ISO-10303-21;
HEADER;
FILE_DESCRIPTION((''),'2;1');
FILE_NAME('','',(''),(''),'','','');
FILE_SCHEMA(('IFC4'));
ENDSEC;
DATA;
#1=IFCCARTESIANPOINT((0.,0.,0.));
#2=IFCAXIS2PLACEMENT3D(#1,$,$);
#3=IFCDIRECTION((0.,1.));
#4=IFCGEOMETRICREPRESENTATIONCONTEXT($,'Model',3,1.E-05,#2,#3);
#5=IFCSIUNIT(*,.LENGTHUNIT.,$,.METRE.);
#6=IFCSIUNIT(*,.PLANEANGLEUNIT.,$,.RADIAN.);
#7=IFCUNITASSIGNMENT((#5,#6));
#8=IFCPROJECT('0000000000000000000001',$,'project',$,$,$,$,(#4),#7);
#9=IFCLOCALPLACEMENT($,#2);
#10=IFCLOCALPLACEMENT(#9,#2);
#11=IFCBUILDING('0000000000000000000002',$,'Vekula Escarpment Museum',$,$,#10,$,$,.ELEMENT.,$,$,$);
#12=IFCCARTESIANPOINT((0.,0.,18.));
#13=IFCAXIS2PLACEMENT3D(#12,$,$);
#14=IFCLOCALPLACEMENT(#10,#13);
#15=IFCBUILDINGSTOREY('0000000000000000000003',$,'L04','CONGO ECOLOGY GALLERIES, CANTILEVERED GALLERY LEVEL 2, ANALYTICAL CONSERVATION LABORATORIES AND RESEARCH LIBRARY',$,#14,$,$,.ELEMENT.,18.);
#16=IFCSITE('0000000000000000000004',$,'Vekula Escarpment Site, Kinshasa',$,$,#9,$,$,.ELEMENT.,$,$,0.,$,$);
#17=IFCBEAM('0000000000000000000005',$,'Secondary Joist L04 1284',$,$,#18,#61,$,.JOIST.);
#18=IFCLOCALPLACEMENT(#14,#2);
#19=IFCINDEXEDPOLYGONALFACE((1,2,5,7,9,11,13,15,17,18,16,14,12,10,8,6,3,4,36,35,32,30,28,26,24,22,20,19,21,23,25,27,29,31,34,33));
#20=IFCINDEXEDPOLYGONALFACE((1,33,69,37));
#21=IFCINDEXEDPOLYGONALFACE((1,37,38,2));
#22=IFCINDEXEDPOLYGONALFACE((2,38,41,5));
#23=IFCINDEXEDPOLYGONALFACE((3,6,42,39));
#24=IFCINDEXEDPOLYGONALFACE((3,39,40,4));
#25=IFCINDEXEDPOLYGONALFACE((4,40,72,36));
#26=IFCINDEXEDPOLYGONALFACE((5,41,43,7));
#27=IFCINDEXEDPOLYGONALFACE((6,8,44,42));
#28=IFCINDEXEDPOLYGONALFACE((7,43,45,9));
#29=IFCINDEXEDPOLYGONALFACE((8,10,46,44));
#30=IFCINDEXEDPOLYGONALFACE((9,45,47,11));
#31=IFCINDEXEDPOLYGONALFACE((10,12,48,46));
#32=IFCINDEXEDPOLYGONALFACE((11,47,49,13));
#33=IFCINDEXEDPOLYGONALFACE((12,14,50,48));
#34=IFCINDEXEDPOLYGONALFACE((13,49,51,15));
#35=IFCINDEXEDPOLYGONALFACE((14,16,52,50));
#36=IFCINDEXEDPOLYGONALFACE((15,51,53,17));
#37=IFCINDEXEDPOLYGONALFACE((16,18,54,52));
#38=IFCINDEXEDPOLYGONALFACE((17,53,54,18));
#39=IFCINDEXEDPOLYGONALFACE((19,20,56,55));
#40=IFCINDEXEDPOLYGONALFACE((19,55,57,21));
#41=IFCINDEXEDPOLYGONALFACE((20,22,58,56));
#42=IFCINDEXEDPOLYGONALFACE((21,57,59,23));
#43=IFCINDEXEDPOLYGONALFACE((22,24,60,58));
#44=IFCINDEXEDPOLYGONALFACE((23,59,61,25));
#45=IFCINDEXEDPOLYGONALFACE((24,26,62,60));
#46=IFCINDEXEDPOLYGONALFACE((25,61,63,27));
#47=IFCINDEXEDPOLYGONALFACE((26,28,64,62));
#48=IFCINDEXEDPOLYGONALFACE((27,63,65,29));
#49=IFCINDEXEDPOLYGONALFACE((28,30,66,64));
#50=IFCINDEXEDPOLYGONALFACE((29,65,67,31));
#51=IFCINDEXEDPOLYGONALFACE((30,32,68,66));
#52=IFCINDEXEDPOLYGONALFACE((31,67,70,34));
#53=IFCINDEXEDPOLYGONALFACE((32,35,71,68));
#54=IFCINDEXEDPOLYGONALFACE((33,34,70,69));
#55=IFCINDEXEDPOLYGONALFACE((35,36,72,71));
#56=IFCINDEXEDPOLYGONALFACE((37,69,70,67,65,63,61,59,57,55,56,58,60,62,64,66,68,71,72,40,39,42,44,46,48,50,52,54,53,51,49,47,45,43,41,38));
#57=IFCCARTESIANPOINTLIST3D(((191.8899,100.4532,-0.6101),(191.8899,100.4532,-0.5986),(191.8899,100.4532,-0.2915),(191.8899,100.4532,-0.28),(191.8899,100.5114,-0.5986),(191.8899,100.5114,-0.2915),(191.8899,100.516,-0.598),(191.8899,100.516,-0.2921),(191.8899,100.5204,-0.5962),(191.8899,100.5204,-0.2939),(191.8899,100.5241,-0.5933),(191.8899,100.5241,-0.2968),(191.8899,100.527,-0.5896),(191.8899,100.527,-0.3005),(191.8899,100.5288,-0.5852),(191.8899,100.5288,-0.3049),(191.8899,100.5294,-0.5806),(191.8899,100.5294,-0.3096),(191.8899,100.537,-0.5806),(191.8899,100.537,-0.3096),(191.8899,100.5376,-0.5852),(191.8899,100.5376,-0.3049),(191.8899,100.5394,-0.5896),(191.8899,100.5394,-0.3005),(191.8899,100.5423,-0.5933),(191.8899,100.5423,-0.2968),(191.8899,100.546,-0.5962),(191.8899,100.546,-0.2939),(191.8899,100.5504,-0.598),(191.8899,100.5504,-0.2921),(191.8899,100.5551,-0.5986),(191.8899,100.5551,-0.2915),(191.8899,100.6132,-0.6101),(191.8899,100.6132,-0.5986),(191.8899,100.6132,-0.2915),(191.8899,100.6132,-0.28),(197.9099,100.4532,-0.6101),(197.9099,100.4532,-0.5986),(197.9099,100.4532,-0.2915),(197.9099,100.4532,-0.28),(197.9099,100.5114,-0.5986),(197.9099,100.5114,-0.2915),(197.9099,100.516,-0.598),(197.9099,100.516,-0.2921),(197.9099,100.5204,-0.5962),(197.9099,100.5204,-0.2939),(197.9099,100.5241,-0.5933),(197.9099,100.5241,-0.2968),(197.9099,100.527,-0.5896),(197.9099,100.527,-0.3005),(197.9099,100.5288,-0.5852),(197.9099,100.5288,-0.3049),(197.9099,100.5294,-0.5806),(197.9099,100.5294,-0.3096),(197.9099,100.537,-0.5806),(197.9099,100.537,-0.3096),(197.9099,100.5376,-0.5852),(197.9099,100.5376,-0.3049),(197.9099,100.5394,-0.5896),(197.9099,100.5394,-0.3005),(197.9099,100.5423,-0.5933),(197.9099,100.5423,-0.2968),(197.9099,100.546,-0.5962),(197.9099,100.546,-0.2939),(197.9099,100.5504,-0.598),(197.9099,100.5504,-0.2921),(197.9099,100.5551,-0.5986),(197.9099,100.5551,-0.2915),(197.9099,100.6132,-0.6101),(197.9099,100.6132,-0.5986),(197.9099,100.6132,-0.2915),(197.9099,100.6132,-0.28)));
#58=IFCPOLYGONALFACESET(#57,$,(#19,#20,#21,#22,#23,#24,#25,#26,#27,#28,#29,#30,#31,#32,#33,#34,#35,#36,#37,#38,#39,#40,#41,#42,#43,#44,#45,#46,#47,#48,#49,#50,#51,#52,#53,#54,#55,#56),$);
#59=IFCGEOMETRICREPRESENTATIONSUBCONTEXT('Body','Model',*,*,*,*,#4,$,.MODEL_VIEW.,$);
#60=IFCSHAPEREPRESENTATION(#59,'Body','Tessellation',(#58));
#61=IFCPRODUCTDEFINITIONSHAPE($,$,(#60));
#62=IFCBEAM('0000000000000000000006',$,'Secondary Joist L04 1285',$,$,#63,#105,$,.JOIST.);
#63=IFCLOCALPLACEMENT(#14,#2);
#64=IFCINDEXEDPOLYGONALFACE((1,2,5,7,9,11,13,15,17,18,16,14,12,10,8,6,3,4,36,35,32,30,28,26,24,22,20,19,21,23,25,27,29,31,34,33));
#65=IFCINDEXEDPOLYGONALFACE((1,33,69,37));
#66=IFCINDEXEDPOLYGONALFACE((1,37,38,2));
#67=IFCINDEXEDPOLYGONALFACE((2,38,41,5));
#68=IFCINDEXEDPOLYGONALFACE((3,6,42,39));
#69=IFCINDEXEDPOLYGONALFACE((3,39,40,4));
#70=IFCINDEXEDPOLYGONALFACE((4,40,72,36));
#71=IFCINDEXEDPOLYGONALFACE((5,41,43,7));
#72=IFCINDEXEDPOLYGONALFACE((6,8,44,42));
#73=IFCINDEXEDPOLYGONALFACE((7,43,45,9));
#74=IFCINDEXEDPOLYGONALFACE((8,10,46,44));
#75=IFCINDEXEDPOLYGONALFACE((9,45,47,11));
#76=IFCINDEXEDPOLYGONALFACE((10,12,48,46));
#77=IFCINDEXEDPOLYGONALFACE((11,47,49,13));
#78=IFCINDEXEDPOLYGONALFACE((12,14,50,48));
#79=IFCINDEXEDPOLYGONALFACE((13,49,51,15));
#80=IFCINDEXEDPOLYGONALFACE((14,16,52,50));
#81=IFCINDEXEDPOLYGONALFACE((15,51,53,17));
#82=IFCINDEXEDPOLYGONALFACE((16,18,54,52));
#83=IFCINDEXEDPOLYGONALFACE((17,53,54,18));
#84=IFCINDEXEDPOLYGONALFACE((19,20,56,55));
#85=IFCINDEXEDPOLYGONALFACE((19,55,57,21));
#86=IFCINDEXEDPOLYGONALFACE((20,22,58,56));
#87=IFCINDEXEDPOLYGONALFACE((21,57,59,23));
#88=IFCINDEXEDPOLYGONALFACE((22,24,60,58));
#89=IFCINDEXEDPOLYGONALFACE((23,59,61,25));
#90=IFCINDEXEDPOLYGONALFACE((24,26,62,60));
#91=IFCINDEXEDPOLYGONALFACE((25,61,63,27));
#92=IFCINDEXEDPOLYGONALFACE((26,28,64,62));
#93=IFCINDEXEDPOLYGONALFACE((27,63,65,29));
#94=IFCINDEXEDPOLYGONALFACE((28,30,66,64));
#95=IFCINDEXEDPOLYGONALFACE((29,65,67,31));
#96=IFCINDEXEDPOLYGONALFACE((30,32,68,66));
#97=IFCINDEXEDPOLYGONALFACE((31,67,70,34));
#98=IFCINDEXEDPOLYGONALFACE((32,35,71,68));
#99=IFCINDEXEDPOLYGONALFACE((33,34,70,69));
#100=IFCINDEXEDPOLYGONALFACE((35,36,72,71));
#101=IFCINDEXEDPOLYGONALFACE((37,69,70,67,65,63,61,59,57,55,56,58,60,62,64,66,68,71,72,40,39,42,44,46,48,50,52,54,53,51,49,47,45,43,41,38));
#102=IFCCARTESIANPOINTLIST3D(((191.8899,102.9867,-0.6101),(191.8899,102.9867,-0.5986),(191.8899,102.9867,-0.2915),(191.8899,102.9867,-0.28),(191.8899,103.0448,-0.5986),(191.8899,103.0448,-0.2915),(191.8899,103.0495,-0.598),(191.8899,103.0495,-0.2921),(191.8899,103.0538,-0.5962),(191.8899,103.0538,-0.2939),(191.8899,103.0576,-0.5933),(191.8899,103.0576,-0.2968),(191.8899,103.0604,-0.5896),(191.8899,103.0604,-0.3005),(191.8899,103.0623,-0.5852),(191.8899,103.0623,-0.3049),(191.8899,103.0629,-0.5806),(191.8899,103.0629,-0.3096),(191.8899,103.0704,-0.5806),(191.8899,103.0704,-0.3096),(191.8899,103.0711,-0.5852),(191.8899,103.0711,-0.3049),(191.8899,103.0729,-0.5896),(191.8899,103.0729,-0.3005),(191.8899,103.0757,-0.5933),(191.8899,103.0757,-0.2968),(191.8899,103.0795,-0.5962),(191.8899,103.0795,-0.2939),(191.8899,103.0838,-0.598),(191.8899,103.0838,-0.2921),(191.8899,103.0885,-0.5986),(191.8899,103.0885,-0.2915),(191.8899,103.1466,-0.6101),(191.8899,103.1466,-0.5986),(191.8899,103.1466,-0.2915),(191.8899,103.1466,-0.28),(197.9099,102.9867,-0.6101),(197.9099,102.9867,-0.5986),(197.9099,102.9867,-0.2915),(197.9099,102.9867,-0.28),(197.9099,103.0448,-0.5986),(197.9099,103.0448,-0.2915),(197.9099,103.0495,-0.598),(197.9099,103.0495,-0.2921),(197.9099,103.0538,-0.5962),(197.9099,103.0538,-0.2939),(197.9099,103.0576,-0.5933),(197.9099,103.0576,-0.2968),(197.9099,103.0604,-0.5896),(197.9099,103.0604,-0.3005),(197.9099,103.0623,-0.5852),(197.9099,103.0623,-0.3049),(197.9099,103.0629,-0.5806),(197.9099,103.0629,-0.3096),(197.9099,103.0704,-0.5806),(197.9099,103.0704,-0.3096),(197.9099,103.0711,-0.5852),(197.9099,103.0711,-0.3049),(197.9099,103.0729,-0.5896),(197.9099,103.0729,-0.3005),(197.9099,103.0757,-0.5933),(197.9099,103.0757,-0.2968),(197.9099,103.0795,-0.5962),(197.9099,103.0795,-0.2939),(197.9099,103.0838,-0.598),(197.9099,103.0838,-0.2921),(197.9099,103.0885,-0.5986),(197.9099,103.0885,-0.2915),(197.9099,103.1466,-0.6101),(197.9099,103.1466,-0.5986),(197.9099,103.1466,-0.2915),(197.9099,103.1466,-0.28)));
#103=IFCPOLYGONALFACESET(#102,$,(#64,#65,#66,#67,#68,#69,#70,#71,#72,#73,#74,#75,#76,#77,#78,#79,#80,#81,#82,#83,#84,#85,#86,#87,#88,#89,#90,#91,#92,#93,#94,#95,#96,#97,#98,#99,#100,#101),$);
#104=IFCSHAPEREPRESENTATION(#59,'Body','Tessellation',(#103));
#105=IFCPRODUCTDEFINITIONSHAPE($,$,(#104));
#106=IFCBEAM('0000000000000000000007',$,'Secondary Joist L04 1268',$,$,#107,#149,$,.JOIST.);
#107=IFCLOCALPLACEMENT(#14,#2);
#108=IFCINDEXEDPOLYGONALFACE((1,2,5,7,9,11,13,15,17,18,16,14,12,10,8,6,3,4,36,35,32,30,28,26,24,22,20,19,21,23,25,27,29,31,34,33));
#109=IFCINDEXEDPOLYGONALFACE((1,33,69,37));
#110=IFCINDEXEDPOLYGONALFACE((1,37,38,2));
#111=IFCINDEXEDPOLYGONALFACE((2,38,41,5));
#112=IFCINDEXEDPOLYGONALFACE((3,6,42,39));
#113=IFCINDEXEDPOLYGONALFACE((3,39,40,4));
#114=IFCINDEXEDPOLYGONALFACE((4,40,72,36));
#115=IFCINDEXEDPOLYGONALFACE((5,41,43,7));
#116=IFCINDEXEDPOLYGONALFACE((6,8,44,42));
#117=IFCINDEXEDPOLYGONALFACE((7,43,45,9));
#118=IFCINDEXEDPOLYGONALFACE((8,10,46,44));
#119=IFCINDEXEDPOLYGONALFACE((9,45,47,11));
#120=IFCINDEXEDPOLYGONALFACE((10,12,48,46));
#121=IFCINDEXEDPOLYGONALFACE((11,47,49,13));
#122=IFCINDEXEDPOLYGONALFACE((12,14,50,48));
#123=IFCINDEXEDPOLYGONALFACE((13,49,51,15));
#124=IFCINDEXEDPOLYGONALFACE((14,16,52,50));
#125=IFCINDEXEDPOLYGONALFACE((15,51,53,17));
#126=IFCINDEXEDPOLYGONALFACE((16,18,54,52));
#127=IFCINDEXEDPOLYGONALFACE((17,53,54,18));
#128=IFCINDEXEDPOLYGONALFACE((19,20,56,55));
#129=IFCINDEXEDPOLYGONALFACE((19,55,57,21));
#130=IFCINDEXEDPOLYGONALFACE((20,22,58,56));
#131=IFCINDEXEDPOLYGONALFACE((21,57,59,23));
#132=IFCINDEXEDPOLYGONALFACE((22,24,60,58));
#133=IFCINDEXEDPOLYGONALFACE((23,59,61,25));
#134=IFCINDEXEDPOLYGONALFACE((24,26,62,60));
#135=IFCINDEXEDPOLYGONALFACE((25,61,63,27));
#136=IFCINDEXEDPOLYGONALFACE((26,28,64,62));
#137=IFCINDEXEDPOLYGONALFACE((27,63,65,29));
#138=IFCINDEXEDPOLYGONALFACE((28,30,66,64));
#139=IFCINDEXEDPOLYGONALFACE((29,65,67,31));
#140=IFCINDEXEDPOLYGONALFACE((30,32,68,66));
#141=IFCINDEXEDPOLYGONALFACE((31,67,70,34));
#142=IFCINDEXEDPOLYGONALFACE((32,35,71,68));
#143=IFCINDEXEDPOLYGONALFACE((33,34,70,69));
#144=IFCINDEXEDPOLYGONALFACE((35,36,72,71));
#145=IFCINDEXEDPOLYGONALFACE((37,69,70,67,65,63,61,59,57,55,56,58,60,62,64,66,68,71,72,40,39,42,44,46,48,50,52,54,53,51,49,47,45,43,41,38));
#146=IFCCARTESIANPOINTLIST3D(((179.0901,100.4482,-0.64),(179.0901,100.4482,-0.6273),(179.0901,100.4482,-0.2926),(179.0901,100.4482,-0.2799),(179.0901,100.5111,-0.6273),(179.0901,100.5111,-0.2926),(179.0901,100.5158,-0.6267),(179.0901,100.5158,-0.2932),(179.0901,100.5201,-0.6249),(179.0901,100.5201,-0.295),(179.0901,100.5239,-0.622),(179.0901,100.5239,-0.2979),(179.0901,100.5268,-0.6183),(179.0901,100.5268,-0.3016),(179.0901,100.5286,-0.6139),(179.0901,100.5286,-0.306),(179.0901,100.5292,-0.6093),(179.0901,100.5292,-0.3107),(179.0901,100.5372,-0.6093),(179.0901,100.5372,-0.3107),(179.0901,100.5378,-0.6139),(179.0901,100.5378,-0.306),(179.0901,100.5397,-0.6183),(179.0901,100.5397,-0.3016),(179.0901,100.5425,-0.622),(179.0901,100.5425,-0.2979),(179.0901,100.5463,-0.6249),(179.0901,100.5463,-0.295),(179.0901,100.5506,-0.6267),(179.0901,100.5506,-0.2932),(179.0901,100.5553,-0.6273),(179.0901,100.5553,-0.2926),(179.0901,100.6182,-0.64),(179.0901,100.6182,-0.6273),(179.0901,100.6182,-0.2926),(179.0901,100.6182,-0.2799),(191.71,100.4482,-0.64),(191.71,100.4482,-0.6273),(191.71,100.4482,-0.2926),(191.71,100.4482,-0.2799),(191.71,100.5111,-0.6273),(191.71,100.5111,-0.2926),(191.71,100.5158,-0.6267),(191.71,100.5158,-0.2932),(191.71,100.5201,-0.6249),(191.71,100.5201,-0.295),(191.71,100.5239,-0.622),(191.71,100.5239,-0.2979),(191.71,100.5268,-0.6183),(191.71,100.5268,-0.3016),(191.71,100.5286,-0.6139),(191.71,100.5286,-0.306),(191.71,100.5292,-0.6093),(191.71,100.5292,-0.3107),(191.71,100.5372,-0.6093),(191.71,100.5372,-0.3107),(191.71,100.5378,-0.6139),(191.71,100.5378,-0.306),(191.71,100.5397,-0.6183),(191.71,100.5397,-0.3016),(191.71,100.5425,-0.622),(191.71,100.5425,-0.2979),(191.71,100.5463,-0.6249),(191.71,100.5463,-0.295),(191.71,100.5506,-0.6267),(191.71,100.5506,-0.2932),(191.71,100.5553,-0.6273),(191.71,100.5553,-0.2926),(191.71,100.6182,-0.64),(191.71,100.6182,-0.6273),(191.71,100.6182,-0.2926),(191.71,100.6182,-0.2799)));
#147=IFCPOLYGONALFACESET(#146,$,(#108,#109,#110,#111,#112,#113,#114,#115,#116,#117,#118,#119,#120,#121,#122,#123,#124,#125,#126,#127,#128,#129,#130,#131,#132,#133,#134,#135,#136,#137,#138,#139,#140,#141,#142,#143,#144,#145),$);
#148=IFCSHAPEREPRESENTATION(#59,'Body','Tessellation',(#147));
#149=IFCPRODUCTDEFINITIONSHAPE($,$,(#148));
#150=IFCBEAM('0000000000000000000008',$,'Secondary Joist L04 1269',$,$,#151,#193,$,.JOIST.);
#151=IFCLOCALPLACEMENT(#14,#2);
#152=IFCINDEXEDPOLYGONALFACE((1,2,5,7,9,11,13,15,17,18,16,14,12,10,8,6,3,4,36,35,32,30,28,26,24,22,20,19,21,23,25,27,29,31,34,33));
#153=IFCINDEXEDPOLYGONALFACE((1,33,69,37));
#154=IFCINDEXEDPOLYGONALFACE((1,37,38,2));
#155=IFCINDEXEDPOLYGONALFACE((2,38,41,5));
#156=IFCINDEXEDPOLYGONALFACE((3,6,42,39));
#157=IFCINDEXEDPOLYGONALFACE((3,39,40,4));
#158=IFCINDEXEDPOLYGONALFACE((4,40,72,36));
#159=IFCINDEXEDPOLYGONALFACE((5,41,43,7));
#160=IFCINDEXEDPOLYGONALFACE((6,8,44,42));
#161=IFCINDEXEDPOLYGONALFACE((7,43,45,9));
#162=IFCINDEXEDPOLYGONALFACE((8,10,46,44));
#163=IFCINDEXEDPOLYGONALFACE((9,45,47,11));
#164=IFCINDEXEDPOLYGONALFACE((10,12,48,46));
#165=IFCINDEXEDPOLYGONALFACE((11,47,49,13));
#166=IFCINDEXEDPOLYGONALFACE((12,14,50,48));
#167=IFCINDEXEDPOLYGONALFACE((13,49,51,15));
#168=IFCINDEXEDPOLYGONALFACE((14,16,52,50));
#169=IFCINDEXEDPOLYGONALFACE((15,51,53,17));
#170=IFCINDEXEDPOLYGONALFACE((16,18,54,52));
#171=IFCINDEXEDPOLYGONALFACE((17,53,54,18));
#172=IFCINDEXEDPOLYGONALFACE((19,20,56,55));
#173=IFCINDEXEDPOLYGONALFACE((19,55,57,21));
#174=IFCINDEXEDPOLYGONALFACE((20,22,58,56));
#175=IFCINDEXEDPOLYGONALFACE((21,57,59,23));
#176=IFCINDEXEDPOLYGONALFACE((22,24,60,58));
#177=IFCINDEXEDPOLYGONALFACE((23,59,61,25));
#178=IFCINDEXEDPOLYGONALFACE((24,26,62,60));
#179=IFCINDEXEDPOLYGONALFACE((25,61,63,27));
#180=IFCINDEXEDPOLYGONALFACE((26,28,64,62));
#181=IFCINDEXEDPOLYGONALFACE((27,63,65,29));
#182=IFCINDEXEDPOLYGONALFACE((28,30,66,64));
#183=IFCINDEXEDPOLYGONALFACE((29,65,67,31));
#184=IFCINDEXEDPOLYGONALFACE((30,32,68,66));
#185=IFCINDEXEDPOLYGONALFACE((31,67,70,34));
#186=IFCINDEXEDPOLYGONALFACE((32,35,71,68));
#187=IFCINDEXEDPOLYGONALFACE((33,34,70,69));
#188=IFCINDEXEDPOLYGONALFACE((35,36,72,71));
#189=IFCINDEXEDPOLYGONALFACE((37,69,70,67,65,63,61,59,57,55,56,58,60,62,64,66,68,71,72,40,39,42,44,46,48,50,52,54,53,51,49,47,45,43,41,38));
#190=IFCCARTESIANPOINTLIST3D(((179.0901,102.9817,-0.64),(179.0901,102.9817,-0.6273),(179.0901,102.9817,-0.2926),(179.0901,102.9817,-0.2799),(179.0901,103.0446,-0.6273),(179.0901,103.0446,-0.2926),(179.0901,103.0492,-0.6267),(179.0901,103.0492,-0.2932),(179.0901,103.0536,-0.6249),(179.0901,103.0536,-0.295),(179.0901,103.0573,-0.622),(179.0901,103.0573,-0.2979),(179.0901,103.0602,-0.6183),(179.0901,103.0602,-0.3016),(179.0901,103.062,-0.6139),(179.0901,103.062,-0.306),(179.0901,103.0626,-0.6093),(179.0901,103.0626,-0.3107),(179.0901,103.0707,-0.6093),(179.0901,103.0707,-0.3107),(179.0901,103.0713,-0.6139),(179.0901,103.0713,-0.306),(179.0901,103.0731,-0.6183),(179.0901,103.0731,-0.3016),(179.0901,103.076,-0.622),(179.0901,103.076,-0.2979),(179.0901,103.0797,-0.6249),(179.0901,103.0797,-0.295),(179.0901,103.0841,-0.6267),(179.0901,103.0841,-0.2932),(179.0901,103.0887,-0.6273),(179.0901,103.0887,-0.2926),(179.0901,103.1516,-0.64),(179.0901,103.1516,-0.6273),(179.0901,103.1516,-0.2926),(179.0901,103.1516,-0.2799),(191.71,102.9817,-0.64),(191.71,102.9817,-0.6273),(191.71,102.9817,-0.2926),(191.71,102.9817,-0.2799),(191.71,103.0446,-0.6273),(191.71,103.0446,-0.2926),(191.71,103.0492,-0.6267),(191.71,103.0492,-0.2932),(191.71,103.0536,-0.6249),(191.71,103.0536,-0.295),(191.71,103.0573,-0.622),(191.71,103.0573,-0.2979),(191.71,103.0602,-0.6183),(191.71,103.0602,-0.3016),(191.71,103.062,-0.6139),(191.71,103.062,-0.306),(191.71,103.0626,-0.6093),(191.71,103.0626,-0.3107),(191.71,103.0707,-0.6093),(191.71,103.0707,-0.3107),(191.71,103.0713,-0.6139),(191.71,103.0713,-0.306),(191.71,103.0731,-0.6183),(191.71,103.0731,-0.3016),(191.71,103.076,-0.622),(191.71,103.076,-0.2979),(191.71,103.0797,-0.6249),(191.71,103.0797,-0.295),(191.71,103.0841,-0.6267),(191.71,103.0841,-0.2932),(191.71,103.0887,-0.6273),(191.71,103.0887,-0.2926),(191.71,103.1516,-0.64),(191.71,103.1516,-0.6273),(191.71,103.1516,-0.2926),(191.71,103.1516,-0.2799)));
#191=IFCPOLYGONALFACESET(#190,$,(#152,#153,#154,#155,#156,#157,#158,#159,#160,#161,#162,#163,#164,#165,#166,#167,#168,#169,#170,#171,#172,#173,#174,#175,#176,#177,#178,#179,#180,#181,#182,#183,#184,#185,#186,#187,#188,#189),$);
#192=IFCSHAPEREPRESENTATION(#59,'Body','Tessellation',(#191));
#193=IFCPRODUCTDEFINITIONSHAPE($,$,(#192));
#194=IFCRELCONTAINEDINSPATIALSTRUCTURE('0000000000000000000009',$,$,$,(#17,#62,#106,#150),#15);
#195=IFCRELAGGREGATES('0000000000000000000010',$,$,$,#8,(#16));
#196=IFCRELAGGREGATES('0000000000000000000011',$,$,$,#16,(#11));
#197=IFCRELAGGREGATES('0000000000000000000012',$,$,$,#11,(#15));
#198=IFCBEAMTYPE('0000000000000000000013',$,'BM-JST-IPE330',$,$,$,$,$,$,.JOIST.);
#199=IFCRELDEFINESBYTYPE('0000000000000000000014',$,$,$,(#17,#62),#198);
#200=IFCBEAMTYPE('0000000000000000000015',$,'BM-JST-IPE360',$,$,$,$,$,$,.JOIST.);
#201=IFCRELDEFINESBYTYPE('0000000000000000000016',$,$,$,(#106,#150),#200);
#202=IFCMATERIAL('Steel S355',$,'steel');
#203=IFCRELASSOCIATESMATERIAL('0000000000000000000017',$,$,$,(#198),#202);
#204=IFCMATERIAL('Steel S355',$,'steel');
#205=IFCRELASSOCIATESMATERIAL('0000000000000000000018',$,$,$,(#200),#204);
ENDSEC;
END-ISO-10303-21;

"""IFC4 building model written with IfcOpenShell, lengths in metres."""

from ifc_helpers import new_model, si_unit, direction, frame, origin, origin_2d, place, context, subcontext, project, spatial, i_section, extrude, material, material_profile, profile_set, type_object, element, save


model = new_model("IFC4")

# Units and contexts
model_context = context("Model", 3, precision=1e-05, world=origin(), true_north=direction((0.0, 1.0)))
body_context = subcontext(model_context, "Body", "Model", "MODEL_VIEW")
ifc_project = project(units=[si_unit("LENGTHUNIT", "METRE"), si_unit("PLANEANGLEUNIT", "RADIAN")], contexts=[model_context])

# Site, building, storey
site_placement = place(None, origin())
site = spatial("IfcSite", under=ifc_project, at=site_placement, Name="Vekula Escarpment Site, Kinshasa", CompositionType="ELEMENT", RefElevation=0.0)
building_placement = place(site_placement, origin())
building = spatial("IfcBuilding", under=site, at=building_placement, Name="Vekula Escarpment Museum", CompositionType="ELEMENT")
storey_placement = place(building_placement, frame((0.0, 0.0, 18.0)))
storey = spatial("IfcBuildingStorey", under=building, at=storey_placement, Name="L04", Description="CONGO ECOLOGY GALLERIES, CANTILEVERED GALLERY LEVEL 2, ANALYTICAL CONSERVATION LABORATORIES AND RESEARCH LIBRARY", CompositionType="ELEMENT", Elevation=18.0)

# Beams
ifc_material_1 = material(Name="Steel S355", Category="steel")
ifc_material_profile_1 = material_profile(ifc_material_1, i_section(OverallWidth=0.1599, OverallDepth=0.3301, WebThickness=0.0076, FlangeThickness=0.0115, FilletRadius=0.0181, at=origin_2d()), Name="IPE 330")
ifc_profile_set_1 = profile_set([ifc_material_profile_1], Name="Steel S355")
beam_type_1 = type_object("IfcBeamType", Name="BM-JST-IPE330", PredefinedType="JOIST", material=ifc_profile_set_1)
for number, where, z_axis, x_axis, name in (
    (1, (191.8899, 100.5332, -0.4451), (1.0, 0.0, 0.0), (0.0, 1.0, 0.0), "Secondary Joist L04 1284"),
    (2, (191.8899, 103.0667, -0.4451), (1.0, 0.0, 0.0), (0.0, 1.0, 0.0), "Secondary Joist L04 1285"),
):
    element("IfcBeam", number, at=place(storey_placement, frame(where, z_axis=z_axis, x_axis=x_axis)), inside=storey, type_object=beam_type_1, Name=name, PredefinedType="JOIST", context=body_context, shape_type="SweptSolid", body=[
        extrude(i_section(OverallWidth=0.1599, OverallDepth=0.3301, WebThickness=0.0076, FlangeThickness=0.0115, FilletRadius=0.0181, at=origin_2d()), origin(), (0.0, 0.0, 1.0), 6.02),
    ])
ifc_material_2 = material(Name="Steel S355", Category="steel")
ifc_material_profile_2 = material_profile(ifc_material_2, i_section(OverallWidth=0.1699, OverallDepth=0.3601, WebThickness=0.0081, FlangeThickness=0.0127, FilletRadius=0.0181, at=origin_2d()), Name="IPE 360")
ifc_profile_set_2 = profile_set([ifc_material_profile_2], Name="Steel S355")
beam_type_2 = type_object("IfcBeamType", Name="BM-JST-IPE360", PredefinedType="JOIST", material=ifc_profile_set_2)
for number, where, z_axis, x_axis, name in (
    (3, (179.0901, 100.5332, -0.46), (1.0, 0.0, 0.0), (0.0, 1.0, 0.0), "Secondary Joist L04 1268"),
    (4, (179.0901, 103.0667, -0.46), (1.0, 0.0, 0.0), (0.0, 1.0, 0.0), "Secondary Joist L04 1269"),
):
    element("IfcBeam", number, at=place(storey_placement, frame(where, z_axis=z_axis, x_axis=x_axis)), inside=storey, type_object=beam_type_2, Name=name, PredefinedType="JOIST", context=body_context, shape_type="SweptSolid", body=[
        extrude(i_section(OverallWidth=0.1699, OverallDepth=0.3601, WebThickness=0.0081, FlangeThickness=0.0127, FilletRadius=0.0181, at=origin_2d()), origin(), (0.0, 0.0, 1.0), 12.6199),
    ])

save(model, "model.ifc")
